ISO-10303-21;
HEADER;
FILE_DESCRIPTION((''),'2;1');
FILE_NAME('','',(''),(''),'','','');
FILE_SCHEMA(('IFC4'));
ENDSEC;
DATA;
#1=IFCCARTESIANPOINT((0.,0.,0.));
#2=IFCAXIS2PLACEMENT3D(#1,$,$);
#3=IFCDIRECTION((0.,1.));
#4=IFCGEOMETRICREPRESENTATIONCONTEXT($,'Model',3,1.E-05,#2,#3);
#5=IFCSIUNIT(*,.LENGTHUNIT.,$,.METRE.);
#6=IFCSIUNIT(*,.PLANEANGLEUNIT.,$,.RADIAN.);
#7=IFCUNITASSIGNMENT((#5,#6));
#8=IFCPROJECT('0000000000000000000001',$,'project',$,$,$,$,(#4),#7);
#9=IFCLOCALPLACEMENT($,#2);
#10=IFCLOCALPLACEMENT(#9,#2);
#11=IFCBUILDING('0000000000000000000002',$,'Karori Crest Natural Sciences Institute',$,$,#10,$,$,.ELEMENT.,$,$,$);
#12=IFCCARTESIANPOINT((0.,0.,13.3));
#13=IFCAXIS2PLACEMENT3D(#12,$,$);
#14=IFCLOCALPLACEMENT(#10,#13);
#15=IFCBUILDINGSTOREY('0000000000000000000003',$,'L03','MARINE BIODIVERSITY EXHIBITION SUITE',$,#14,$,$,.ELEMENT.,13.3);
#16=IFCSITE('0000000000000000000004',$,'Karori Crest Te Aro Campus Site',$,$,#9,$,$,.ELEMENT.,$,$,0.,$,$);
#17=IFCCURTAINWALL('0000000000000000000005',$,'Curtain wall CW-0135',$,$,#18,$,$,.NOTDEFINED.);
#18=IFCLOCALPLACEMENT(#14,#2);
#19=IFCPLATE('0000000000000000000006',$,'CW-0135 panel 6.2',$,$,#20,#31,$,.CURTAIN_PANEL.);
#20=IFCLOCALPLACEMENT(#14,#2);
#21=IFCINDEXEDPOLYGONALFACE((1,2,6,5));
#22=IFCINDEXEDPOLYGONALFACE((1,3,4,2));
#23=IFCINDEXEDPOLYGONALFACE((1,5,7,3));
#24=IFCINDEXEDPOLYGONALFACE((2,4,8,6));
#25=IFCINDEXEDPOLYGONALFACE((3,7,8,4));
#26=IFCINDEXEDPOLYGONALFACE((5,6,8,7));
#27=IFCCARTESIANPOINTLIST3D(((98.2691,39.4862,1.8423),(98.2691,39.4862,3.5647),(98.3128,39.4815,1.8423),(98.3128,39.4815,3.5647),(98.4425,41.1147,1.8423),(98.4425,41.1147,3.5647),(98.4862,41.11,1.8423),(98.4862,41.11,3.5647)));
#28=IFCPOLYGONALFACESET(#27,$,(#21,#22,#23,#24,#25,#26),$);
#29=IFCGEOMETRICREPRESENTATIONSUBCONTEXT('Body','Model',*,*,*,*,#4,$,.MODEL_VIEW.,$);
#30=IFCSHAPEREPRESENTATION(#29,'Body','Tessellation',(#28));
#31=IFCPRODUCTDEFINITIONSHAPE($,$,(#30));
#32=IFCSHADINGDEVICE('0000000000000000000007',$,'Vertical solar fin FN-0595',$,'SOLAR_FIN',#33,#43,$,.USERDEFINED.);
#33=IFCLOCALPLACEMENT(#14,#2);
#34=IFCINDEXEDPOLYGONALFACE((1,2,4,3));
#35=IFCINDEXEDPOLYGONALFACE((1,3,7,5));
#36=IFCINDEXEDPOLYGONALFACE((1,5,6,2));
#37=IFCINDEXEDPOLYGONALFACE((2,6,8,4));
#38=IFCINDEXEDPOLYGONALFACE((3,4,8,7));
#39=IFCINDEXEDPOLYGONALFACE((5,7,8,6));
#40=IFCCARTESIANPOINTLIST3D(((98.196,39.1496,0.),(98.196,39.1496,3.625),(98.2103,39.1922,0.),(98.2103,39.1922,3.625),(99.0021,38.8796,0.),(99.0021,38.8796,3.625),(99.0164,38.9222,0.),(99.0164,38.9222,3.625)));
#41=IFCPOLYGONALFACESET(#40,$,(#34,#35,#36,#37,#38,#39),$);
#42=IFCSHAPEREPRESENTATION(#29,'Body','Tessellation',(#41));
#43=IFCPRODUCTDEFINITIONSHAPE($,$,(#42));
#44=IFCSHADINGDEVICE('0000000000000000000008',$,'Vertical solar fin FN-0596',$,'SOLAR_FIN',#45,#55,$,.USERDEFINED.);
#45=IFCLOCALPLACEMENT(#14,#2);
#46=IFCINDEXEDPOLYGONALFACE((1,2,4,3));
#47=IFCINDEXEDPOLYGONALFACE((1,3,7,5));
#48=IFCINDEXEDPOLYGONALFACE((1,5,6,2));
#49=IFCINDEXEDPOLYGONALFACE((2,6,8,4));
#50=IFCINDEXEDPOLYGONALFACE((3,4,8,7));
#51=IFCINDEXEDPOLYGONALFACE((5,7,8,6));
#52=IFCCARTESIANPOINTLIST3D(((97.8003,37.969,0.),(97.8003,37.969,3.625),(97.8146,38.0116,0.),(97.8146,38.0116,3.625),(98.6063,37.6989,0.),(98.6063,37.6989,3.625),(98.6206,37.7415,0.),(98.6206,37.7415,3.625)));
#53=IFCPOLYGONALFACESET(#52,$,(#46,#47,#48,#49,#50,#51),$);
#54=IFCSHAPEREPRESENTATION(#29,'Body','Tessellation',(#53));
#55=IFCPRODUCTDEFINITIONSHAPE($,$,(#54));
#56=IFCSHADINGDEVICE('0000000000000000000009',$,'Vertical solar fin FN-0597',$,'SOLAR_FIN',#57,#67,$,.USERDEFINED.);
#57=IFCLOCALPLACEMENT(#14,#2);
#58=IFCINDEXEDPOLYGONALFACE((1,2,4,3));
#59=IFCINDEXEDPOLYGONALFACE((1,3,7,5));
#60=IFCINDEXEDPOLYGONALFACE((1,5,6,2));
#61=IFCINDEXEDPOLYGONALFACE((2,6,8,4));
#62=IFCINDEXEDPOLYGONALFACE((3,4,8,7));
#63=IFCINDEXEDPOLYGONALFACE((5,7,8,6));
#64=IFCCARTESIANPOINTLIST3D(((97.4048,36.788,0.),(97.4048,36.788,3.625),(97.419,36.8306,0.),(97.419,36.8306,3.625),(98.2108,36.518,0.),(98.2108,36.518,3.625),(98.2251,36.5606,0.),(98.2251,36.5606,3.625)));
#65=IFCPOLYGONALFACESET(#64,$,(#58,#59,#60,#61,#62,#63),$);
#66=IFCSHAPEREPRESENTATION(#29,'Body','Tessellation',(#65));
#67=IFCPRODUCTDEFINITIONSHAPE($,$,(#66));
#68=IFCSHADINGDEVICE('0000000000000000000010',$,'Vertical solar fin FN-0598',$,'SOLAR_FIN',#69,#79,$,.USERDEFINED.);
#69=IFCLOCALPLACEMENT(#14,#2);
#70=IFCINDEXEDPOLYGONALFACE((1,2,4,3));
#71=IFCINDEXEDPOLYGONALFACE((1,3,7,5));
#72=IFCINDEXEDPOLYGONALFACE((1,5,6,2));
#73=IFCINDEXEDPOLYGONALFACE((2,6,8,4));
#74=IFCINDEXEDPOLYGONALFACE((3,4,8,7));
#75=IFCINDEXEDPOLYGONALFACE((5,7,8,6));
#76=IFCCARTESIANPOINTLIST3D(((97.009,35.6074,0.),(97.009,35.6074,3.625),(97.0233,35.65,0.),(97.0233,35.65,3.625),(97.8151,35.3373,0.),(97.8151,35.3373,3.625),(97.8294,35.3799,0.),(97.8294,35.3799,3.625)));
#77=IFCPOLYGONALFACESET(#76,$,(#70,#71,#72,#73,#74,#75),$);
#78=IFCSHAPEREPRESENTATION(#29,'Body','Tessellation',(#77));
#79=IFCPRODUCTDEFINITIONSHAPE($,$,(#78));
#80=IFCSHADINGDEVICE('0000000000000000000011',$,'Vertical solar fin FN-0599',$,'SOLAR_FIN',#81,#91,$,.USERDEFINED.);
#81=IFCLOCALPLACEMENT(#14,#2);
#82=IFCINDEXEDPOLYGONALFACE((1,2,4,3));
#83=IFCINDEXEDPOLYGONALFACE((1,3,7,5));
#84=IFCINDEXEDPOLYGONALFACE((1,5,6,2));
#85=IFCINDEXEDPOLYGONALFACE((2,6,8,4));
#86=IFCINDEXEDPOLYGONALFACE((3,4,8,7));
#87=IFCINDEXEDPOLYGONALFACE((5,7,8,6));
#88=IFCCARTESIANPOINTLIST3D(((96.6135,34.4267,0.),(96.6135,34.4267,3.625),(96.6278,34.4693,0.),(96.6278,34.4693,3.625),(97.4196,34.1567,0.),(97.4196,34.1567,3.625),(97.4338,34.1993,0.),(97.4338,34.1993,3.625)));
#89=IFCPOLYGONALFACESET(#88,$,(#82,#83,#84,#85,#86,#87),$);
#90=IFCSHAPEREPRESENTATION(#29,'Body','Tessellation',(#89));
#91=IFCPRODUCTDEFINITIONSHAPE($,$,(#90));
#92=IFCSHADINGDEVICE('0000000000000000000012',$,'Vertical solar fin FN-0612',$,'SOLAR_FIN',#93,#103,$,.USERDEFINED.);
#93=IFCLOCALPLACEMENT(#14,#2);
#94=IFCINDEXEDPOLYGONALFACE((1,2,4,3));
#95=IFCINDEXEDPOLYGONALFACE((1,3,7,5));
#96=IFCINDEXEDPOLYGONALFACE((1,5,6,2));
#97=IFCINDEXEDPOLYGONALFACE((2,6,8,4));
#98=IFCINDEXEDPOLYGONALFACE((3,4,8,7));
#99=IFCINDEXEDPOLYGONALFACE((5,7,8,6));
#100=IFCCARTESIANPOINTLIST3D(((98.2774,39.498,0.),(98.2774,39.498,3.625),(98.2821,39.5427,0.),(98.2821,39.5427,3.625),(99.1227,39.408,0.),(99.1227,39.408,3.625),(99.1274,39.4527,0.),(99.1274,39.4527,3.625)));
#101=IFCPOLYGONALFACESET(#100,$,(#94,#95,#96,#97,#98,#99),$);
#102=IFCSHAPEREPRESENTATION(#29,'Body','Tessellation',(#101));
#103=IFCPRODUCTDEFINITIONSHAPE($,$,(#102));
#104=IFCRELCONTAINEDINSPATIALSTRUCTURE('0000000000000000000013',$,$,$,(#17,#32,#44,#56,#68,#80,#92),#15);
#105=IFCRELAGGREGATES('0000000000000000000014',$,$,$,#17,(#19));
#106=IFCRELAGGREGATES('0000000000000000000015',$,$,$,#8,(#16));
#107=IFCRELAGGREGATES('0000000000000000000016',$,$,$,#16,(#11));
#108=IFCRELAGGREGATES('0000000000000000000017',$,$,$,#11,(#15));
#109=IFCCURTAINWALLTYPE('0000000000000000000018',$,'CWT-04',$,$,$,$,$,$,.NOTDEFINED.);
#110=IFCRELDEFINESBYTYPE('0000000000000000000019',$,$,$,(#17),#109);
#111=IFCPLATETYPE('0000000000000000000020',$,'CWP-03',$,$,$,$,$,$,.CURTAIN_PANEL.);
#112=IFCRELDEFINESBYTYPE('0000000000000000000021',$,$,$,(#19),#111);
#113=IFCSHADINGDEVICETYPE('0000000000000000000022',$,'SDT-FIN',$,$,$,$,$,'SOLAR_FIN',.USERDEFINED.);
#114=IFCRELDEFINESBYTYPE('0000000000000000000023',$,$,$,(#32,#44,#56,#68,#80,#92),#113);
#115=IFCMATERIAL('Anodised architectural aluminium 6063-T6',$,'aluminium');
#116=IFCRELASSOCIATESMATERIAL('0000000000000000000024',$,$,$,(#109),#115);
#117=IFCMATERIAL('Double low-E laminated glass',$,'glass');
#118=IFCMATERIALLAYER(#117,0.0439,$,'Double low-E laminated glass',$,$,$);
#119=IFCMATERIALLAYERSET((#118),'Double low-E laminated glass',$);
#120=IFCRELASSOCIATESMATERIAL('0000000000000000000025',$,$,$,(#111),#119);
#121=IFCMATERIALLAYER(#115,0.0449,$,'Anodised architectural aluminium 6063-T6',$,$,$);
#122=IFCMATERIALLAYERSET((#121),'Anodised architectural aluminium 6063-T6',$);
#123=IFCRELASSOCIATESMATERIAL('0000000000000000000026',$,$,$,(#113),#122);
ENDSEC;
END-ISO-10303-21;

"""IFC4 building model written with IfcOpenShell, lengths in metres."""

from ifc_helpers import new_model, si_unit, direction, frame, origin, origin_2d, place, context, subcontext, project, spatial, rectangle, extrude, material, layer, layer_set, type_object, element, aggregate, save


model = new_model("IFC4")

# Units and contexts
model_context = context("Model", 3, precision=1e-05, world=origin(), true_north=direction((0.0, 1.0)))
body_context = subcontext(model_context, "Body", "Model", "MODEL_VIEW")
ifc_project = project(units=[si_unit("LENGTHUNIT", "METRE"), si_unit("PLANEANGLEUNIT", "RADIAN")], contexts=[model_context])

# Site, building, storey
site_placement = place(None, origin())
site = spatial("IfcSite", under=ifc_project, at=site_placement, Name="Karori Crest Te Aro Campus Site", CompositionType="ELEMENT", RefElevation=0.0)
building_placement = place(site_placement, origin())
building = spatial("IfcBuilding", under=site, at=building_placement, Name="Karori Crest Natural Sciences Institute", CompositionType="ELEMENT")
storey_placement = place(building_placement, frame((0.0, 0.0, 13.3)))
storey = spatial("IfcBuildingStorey", under=building, at=storey_placement, Name="L03", Description="MARINE BIODIVERSITY EXHIBITION SUITE", CompositionType="ELEMENT", Elevation=13.3)

# Curtain wall
ifc_material_1 = material(Name="Anodised architectural aluminium 6063-T6", Category="aluminium")
curtain_wall_type_1 = type_object("IfcCurtainWallType", Name="CWT-04", PredefinedType="NOTDEFINED", material=ifc_material_1)
curtain_wall_1_placement = place(storey_placement, origin())
curtain_wall_1 = element("IfcCurtainWall", 1, at=curtain_wall_1_placement, inside=storey, type_object=curtain_wall_type_1, Name="Curtain wall CW-0135", PredefinedType="NOTDEFINED")

# Plate
ifc_material_2 = material(Name="Double low-E laminated glass", Category="glass")
ifc_layer_1 = layer(ifc_material_2, 0.0439, Name="Double low-E laminated glass")
ifc_layer_set_1 = layer_set([ifc_layer_1], Name="Double low-E laminated glass")
plate_type_1 = type_object("IfcPlateType", Name="CWP-03", PredefinedType="CURTAIN_PANEL", material=ifc_layer_set_1)
plate_1_placement = place(storey_placement, frame((98.3777, 40.2981, 1.8423), z_axis=(0.0, 0.0, 1.0), x_axis=(-0.105886, -0.994378, 0.0)))
plate_1 = element("IfcPlate", 2, at=plate_1_placement, type_object=plate_type_1, Name="CW-0135 panel 6.2", PredefinedType="CURTAIN_PANEL", context=body_context, shape_type="SweptSolid", body=[
    extrude(rectangle(XDim=1.6377, YDim=0.0439, at=origin_2d()), origin(), (0.0, 0.0, 1.0), 1.7224),
])
aggregate(curtain_wall_1, [plate_1])

# Shading devices
ifc_layer_2 = layer(ifc_material_1, 0.0449, Name="Anodised architectural aluminium 6063-T6")
ifc_layer_set_2 = layer_set([ifc_layer_2], Name="Anodised architectural aluminium 6063-T6")
shading_device_type = type_object("IfcShadingDeviceType", Name="SDT-FIN", ElementType="SOLAR_FIN", PredefinedType="USERDEFINED", material=ifc_layer_set_2)
for number, where, z_axis, x_axis, name in (
    (3, (98.6062, 39.0359, 0.0), (0.0, 0.0, 1.0), (0.948198, -0.31768, 0.0), "Vertical solar fin FN-0595"),
    (4, (98.2104, 37.8552, 0.0), (0.0, 0.0, 1.0), (0.948198, -0.31768, 0.0), "Vertical solar fin FN-0596"),
    (5, (97.8149, 36.6743, 0.0), (0.0, 0.0, 1.0), (0.948198, -0.31768, 0.0), "Vertical solar fin FN-0597"),
    (6, (97.4192, 35.4937, 0.0), (0.0, 0.0, 1.0), (0.948198, -0.31768, 0.0), "Vertical solar fin FN-0598"),
    (7, (97.0237, 34.313, 0.0), (0.0, 0.0, 1.0), (0.948198, -0.31768, 0.0), "Vertical solar fin FN-0599"),
    (8, (98.7024, 39.4753, 0.0), (0.0, 0.0, 1.0), (0.994378, -0.105886, 0.0), "Vertical solar fin FN-0612"),
):
    element("IfcShadingDevice", number, at=place(storey_placement, frame(where, z_axis=z_axis, x_axis=x_axis)), inside=storey, type_object=shading_device_type, Name=name, ObjectType="SOLAR_FIN", PredefinedType="USERDEFINED", context=body_context, shape_type="SweptSolid", body=[
        extrude(rectangle(XDim=0.8501, YDim=0.0449, at=origin_2d()), origin(), (0.0, 0.0, 1.0), 3.625),
    ])

save(model, "model.ifc")
